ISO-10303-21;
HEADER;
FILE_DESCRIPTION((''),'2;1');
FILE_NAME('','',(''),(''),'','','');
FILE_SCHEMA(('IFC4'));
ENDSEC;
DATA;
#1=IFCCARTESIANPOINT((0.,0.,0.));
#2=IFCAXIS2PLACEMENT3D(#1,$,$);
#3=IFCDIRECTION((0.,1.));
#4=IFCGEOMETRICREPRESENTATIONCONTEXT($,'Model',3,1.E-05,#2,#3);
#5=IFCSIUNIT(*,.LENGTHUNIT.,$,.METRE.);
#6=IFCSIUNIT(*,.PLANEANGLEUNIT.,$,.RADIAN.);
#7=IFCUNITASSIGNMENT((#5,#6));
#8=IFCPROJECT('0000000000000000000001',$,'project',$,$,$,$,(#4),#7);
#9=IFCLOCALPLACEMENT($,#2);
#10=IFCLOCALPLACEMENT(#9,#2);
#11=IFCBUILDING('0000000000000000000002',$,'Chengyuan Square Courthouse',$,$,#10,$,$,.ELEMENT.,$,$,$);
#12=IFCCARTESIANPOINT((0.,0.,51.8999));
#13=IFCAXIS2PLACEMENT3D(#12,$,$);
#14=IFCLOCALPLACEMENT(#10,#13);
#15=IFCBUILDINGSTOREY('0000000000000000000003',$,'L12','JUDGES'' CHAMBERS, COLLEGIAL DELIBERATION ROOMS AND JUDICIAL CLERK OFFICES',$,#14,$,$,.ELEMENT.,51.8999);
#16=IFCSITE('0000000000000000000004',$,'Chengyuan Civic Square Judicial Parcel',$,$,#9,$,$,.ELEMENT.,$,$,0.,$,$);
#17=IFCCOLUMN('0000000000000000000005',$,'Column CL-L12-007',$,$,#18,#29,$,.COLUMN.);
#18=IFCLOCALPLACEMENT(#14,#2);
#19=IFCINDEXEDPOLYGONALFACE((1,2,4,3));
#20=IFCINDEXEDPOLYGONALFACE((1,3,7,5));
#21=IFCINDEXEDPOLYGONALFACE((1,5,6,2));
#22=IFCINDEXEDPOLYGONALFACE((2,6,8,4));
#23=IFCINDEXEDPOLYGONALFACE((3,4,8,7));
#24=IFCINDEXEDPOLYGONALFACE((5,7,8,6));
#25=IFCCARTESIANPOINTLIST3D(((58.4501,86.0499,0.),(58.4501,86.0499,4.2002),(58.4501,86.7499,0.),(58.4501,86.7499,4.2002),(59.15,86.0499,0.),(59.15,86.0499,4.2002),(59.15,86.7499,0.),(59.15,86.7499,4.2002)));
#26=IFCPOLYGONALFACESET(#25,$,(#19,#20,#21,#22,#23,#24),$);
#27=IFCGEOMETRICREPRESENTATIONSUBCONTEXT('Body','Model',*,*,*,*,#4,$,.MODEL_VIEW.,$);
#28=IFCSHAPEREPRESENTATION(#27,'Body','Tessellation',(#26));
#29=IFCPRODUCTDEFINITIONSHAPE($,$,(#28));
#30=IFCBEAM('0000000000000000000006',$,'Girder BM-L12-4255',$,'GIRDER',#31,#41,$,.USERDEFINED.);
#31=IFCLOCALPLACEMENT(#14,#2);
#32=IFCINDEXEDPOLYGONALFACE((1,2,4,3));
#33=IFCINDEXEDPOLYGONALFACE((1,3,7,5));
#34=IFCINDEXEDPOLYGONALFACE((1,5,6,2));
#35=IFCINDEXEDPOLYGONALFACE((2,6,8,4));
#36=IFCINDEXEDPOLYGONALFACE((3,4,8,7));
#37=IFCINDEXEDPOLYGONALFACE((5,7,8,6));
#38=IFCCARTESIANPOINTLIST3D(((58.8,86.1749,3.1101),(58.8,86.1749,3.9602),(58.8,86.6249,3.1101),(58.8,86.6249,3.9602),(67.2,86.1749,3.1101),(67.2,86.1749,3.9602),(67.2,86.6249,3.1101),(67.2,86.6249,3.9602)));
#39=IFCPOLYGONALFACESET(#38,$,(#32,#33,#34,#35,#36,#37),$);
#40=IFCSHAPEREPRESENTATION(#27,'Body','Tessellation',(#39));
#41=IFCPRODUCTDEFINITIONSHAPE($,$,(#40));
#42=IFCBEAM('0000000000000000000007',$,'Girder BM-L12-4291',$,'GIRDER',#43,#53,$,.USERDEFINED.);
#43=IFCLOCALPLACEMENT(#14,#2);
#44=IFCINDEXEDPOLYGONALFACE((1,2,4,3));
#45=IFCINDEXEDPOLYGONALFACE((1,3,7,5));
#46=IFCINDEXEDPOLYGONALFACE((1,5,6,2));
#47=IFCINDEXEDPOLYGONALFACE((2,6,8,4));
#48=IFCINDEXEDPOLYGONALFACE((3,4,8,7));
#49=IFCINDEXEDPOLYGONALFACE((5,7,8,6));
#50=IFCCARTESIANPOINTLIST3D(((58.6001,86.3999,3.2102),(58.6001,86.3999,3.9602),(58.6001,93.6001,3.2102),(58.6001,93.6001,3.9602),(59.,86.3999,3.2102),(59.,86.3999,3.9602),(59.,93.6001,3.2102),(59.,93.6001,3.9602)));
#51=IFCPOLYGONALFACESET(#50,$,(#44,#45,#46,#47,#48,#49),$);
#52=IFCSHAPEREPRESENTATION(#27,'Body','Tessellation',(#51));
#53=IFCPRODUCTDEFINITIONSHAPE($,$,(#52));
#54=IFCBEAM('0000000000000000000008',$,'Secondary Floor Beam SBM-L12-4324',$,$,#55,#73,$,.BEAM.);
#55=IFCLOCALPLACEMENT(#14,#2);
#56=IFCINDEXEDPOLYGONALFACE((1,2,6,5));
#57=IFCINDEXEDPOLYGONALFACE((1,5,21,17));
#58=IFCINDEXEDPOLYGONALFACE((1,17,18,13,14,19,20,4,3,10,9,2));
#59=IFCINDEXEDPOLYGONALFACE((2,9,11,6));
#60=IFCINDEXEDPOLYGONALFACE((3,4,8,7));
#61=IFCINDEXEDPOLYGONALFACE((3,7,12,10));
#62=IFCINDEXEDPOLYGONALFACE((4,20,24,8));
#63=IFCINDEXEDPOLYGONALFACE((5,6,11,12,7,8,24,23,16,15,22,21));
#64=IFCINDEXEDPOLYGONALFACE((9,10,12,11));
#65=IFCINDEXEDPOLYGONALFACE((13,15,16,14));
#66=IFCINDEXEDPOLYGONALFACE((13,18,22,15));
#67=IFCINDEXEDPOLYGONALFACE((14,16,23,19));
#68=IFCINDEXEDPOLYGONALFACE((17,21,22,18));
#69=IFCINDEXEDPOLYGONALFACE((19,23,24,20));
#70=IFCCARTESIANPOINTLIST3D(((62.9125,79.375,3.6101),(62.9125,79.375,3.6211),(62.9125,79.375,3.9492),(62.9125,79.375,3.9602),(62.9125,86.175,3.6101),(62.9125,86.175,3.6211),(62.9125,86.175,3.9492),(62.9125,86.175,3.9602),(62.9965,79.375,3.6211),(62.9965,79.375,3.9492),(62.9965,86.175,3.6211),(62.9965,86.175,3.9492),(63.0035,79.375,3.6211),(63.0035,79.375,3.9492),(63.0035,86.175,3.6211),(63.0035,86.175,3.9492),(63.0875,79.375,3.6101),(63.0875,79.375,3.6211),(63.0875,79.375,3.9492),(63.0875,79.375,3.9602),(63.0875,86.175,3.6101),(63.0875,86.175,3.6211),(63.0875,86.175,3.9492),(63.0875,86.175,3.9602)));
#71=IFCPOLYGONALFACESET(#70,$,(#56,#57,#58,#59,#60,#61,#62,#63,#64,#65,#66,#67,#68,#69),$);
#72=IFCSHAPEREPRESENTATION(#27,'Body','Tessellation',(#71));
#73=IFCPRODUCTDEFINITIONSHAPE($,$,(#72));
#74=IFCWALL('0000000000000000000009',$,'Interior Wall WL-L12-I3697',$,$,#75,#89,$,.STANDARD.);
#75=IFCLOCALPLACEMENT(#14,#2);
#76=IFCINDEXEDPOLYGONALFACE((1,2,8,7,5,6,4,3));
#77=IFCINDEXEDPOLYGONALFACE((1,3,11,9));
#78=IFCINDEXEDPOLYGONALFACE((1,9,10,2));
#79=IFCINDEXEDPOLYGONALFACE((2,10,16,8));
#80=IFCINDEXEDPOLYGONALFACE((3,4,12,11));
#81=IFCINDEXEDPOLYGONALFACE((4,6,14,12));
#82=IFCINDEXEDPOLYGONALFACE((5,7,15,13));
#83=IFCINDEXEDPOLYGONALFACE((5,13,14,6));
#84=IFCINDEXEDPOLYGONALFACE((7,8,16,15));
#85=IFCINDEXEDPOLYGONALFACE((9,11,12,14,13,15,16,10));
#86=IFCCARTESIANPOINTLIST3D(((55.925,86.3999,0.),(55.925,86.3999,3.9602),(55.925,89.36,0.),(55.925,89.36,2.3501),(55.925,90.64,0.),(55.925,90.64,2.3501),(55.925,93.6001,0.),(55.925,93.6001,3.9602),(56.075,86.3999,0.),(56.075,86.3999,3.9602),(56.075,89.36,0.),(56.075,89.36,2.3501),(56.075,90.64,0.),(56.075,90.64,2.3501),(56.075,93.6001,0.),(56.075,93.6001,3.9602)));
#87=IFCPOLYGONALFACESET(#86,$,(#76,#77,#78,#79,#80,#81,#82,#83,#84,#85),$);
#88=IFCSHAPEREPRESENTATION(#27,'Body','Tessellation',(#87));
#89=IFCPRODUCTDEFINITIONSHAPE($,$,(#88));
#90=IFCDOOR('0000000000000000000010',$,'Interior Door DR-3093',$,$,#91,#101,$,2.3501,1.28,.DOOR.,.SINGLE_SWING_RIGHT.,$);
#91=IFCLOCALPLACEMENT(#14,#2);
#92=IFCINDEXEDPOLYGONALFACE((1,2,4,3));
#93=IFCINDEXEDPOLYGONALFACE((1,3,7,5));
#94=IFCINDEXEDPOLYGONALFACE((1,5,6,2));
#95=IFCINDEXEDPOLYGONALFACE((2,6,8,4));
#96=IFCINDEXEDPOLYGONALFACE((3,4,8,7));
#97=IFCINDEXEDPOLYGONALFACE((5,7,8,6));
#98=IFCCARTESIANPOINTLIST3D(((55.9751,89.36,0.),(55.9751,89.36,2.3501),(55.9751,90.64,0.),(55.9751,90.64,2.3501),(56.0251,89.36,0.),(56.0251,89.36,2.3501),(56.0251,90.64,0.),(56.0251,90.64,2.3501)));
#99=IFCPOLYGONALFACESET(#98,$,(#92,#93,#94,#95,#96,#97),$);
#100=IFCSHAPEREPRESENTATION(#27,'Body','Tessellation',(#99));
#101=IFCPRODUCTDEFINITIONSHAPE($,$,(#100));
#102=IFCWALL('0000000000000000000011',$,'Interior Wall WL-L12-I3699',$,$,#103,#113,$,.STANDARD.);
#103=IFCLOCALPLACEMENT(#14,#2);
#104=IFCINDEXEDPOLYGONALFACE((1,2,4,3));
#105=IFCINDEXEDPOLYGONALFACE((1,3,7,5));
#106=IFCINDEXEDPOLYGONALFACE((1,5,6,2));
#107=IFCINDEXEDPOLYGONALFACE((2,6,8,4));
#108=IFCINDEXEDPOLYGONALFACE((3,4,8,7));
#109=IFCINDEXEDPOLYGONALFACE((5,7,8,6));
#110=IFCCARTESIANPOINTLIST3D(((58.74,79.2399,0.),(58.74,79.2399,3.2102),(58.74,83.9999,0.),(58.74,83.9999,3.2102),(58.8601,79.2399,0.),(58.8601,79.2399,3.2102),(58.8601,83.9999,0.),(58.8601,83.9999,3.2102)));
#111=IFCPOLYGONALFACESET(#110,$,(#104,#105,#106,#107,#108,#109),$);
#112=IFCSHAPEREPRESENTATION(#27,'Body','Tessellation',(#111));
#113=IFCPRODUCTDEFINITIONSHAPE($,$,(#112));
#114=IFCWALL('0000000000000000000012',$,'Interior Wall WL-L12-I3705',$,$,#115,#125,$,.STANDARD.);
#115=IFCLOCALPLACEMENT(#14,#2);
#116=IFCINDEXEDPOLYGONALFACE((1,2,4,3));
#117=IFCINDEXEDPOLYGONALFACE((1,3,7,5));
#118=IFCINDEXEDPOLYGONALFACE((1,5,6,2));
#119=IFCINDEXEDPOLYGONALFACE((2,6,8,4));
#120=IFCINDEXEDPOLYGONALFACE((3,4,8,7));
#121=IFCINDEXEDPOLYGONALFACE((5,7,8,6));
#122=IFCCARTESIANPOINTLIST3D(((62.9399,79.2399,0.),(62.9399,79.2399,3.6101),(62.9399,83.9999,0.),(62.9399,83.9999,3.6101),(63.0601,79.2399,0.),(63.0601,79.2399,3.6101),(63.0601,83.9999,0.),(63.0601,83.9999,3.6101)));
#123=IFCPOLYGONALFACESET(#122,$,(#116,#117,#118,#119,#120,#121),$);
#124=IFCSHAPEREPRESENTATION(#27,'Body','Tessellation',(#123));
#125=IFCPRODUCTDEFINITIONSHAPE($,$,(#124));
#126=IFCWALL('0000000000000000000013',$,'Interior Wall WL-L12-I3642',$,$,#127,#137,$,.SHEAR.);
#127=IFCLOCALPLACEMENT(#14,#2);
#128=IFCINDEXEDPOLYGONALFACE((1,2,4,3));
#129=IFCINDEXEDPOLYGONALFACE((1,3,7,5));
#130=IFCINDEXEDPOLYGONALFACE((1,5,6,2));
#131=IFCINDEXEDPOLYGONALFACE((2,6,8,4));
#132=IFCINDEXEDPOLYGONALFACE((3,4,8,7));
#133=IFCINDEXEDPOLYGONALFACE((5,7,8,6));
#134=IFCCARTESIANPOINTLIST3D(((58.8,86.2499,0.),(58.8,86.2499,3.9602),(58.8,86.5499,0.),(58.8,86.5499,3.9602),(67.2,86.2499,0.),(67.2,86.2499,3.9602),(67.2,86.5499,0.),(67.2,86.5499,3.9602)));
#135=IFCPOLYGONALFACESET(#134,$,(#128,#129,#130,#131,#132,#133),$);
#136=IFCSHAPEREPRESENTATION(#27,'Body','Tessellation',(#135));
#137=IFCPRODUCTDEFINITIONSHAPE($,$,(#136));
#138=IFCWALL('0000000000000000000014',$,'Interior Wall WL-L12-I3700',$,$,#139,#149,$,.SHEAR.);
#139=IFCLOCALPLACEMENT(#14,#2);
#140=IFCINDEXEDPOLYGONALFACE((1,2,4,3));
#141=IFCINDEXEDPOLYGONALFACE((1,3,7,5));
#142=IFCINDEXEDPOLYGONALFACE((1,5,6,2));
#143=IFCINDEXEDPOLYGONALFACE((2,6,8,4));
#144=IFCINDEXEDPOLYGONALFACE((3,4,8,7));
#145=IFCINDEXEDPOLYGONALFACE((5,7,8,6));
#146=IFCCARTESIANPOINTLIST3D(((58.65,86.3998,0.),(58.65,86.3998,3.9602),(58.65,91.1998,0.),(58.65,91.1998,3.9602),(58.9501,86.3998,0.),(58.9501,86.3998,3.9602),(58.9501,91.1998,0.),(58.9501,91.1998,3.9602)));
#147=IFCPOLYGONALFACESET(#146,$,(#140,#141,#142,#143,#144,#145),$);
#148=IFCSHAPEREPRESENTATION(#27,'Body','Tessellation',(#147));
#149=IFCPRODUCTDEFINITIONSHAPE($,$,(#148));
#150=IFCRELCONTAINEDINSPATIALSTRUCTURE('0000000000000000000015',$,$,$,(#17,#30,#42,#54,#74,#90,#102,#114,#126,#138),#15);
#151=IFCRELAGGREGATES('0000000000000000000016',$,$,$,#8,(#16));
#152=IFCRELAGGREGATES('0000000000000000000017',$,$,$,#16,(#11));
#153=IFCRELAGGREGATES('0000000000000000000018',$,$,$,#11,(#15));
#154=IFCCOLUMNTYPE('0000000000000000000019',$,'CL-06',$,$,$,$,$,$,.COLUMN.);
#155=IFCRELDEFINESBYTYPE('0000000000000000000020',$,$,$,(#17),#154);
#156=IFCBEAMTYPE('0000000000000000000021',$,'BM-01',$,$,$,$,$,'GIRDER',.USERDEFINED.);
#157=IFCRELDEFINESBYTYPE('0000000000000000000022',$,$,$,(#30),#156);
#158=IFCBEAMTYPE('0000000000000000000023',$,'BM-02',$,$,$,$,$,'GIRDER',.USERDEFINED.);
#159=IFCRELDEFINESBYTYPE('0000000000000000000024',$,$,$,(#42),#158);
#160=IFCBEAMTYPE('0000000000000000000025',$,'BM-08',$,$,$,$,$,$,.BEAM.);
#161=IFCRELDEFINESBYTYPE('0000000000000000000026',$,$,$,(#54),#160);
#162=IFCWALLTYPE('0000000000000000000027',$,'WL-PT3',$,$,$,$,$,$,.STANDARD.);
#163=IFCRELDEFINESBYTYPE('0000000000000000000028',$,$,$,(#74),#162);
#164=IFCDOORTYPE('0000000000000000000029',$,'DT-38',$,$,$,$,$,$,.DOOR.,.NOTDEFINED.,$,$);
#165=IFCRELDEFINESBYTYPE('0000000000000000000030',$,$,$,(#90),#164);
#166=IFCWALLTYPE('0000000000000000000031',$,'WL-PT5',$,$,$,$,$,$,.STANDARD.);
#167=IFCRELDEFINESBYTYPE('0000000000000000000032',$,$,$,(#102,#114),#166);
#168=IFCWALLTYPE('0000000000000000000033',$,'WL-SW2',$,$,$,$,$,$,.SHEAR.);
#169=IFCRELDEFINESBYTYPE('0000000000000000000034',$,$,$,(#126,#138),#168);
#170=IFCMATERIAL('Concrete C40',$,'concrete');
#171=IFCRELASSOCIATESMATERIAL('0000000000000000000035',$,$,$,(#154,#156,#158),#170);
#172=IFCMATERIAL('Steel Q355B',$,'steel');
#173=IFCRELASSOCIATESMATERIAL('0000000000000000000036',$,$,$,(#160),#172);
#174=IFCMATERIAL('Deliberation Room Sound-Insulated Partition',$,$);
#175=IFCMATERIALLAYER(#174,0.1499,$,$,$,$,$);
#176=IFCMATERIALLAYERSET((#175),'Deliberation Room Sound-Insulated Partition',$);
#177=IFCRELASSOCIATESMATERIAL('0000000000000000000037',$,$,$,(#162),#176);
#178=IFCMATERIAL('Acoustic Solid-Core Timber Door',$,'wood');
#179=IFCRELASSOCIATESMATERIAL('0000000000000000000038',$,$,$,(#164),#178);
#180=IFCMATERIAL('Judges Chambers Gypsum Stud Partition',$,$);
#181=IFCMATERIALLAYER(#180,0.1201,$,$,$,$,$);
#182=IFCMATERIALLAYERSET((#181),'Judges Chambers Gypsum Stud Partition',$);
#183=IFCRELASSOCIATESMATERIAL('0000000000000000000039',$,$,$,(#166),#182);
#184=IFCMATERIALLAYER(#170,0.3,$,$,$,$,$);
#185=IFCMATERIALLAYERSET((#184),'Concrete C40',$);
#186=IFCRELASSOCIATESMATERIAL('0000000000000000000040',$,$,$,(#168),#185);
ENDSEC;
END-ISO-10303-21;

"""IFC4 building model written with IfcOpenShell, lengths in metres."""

from ifc_helpers import new_model, si_unit, direction, frame, frame_2d, origin, origin_2d, place, context, subcontext, project, spatial, rectangle, i_section, extrude, material, layer, layer_set, material_profile, profile_set, type_object, element, fill, save


model = new_model("IFC4")

# Units and contexts
model_context = context("Model", 3, precision=1e-05, world=origin(), true_north=direction((0.0, 1.0)))
body_context = subcontext(model_context, "Body", "Model", "MODEL_VIEW")
ifc_project = project(units=[si_unit("LENGTHUNIT", "METRE"), si_unit("PLANEANGLEUNIT", "RADIAN")], contexts=[model_context])

# Site, building, storey
site_placement = place(None, origin())
site = spatial("IfcSite", under=ifc_project, at=site_placement, Name="Chengyuan Civic Square Judicial Parcel", CompositionType="ELEMENT", RefElevation=0.0)
building_placement = place(site_placement, origin())
building = spatial("IfcBuilding", under=site, at=building_placement, Name="Chengyuan Square Courthouse", CompositionType="ELEMENT")
storey_placement = place(building_placement, frame((0.0, 0.0, 51.8999)))
storey = spatial("IfcBuildingStorey", under=building, at=storey_placement, Name="L12", Description="JUDGES' CHAMBERS, COLLEGIAL DELIBERATION ROOMS AND JUDICIAL CLERK OFFICES", CompositionType="ELEMENT", Elevation=51.8999)

# Column
ifc_material_1 = material(Name="Concrete C40", Category="concrete")
ifc_material_profile_1 = material_profile(ifc_material_1, rectangle(XDim=0.7, YDim=0.7, at=origin_2d()), Name="RC-COL-700x700")
ifc_profile_set_1 = profile_set([ifc_material_profile_1], Name="Concrete C40")
column_type = type_object("IfcColumnType", Name="CL-06", PredefinedType="COLUMN", material=ifc_profile_set_1)
column_placement = place(storey_placement, frame((58.8, 86.3999, 0.0), z_axis=(0.0, 0.0, 1.0), x_axis=(1.0, 0.0, 0.0)))
element("IfcColumn", 1, at=column_placement, inside=storey, type_object=column_type, Name="Column CL-L12-007", PredefinedType="COLUMN", context=body_context, shape_type="SweptSolid", body=[
    extrude(rectangle(XDim=0.7, YDim=0.7, at=origin_2d()), origin(), (0.0, 0.0, 1.0), 4.2002),
])

# Beams
ifc_material_profile_2 = material_profile(ifc_material_1, rectangle(XDim=0.45, YDim=0.8501, at=origin_2d()), Name="RC-BM-450x850")
ifc_profile_set_2 = profile_set([ifc_material_profile_2], Name="Concrete C40")
beam_type_1 = type_object("IfcBeamType", Name="BM-01", ElementType="GIRDER", PredefinedType="USERDEFINED", material=ifc_profile_set_2)
beam_1_placement = place(storey_placement, frame((58.8, 86.3999, 3.5352), z_axis=(1.0, 0.0, 0.0), x_axis=(0.0, 1.0, 0.0)))
element("IfcBeam", 2, at=beam_1_placement, inside=storey, type_object=beam_type_1, Name="Girder BM-L12-4255", ObjectType="GIRDER", PredefinedType="USERDEFINED", context=body_context, shape_type="SweptSolid", body=[
    extrude(rectangle(XDim=0.45, YDim=0.8501, at=origin_2d()), origin(), (0.0, 0.0, 1.0), 8.3999),
])
ifc_material_profile_3 = material_profile(ifc_material_1, rectangle(XDim=0.3999, YDim=0.75, at=origin_2d()), Name="RC-BM-400x750")
ifc_profile_set_3 = profile_set([ifc_material_profile_3], Name="Concrete C40")
beam_type_2 = type_object("IfcBeamType", Name="BM-02", ElementType="GIRDER", PredefinedType="USERDEFINED", material=ifc_profile_set_3)
beam_2_placement = place(storey_placement, frame((58.8, 86.3999, 3.5852), z_axis=(0.0, 1.0, 0.0), x_axis=(-1.0, 0.0, 0.0)))
element("IfcBeam", 3, at=beam_2_placement, inside=storey, type_object=beam_type_2, Name="Girder BM-L12-4291", ObjectType="GIRDER", PredefinedType="USERDEFINED", context=body_context, shape_type="SweptSolid", body=[
    extrude(rectangle(XDim=0.3999, YDim=0.75, at=origin_2d()), origin(), (0.0, 0.0, 1.0), 7.2002),
])
ifc_material_2 = material(Name="Steel Q355B", Category="steel")
ifc_material_profile_4 = material_profile(ifc_material_2, i_section(OverallWidth=0.175, OverallDepth=0.3501, WebThickness=0.0071, FlangeThickness=0.011, at=origin_2d()), Name="HN 350x175x7x11")
ifc_profile_set_4 = profile_set([ifc_material_profile_4], Name="Steel Q355B")
beam_type_3 = type_object("IfcBeamType", Name="BM-08", PredefinedType="BEAM", material=ifc_profile_set_4)
beam_3_placement = place(storey_placement, frame((63.0, 79.375, 3.7852), z_axis=(0.0, 1.0, 0.0), x_axis=(-1.0, 0.0, 0.0)))
element("IfcBeam", 4, at=beam_3_placement, inside=storey, type_object=beam_type_3, Name="Secondary Floor Beam SBM-L12-4324", PredefinedType="BEAM", context=body_context, shape_type="SweptSolid", body=[
    extrude(i_section(OverallWidth=0.175, OverallDepth=0.3501, WebThickness=0.0071, FlangeThickness=0.011, at=origin_2d()), origin(), (0.0, 0.0, 1.0), 6.8),
])

# Wall, opening, door
ifc_material_3 = material(Name="Deliberation Room Sound-Insulated Partition")
ifc_layer_1 = layer(ifc_material_3, 0.1499)
ifc_layer_set_1 = layer_set([ifc_layer_1], Name="Deliberation Room Sound-Insulated Partition")
wall_type_1 = type_object("IfcWallType", Name="WL-PT3", PredefinedType="STANDARD", material=ifc_layer_set_1)
wall_1_placement = place(storey_placement, frame((56.0, 86.3999, 0.0), z_axis=(0.0, 0.0, 1.0), x_axis=(0.0, 1.0, 0.0)))
wall_1 = element("IfcWall", 5, at=wall_1_placement, inside=storey, type_object=wall_type_1, Name="Interior Wall WL-L12-I3697", PredefinedType="STANDARD", context=body_context, shape_type="SweptSolid", body=[
    extrude(rectangle(XDim=7.2002, YDim=0.1499, at=frame_2d((3.6001, 0.0))), origin(), (0.0, 0.0, 1.0), 3.9602),
])
opening_placement = place(wall_1_placement, frame((2.96, 0.0, 0.0)))
opening = element("IfcOpeningElement", 6, at=opening_placement, cuts=wall_1, PredefinedType="OPENING", context=body_context, shape_type="SweptSolid", body=[
    extrude(rectangle(XDim=1.28, YDim=2.3501, at=frame_2d((0.6401, 1.175))), frame((0.0, 0.0869, 0.0), z_axis=(0.0, -1.0, 0.0), x_axis=(1.0, 0.0, 0.0)), (0.0, 0.0, 1.0), 0.1738),
])
ifc_material_4 = material(Name="Acoustic Solid-Core Timber Door", Category="wood")
door_type = type_object("IfcDoorType", Name="DT-38", OperationType="NOTDEFINED", PredefinedType="DOOR", material=ifc_material_4)
door_placement = place(opening_placement, origin())
door = element("IfcDoor", 7, at=door_placement, inside=storey, type_object=door_type, Name="Interior Door DR-3093", OperationType="SINGLE_SWING_RIGHT", OverallHeight=2.3501, OverallWidth=1.28, PredefinedType="DOOR", context=body_context, shape_type="SweptSolid", body=[
    extrude(rectangle(XDim=1.28, YDim=2.3501, at=frame_2d((0.6401, 1.175))), frame((0.0, 0.0249, 0.0), z_axis=(0.0, -1.0, 0.0), x_axis=(1.0, 0.0, 0.0)), (0.0, 0.0, 1.0), 0.05),
])
fill(opening, door)

# Walls
ifc_material_5 = material(Name="Judges Chambers Gypsum Stud Partition")
ifc_layer_2 = layer(ifc_material_5, 0.1201)
ifc_layer_set_2 = layer_set([ifc_layer_2], Name="Judges Chambers Gypsum Stud Partition")
wall_type_2 = type_object("IfcWallType", Name="WL-PT5", PredefinedType="STANDARD", material=ifc_layer_set_2)
wall_2_placement = place(storey_placement, frame((58.8, 79.24, 0.0), z_axis=(0.0, 0.0, 1.0), x_axis=(0.0, 1.0, 0.0)))
element("IfcWall", 8, at=wall_2_placement, inside=storey, type_object=wall_type_2, Name="Interior Wall WL-L12-I3699", PredefinedType="STANDARD", context=body_context, shape_type="SweptSolid", body=[
    extrude(rectangle(XDim=4.76, YDim=0.1201, at=frame_2d((2.3799, 0.0))), origin(), (0.0, 0.0, 1.0), 3.2102),
])
wall_3_placement = place(storey_placement, frame((63.0, 79.24, 0.0), z_axis=(0.0, 0.0, 1.0), x_axis=(0.0, 1.0, 0.0)))
element("IfcWall", 9, at=wall_3_placement, inside=storey, type_object=wall_type_2, Name="Interior Wall WL-L12-I3705", PredefinedType="STANDARD", context=body_context, shape_type="SweptSolid", body=[
    extrude(rectangle(XDim=4.76, YDim=0.1201, at=frame_2d((2.3799, 0.0))), origin(), (0.0, 0.0, 1.0), 3.6101),
])
ifc_layer_3 = layer(ifc_material_1, 0.3)
ifc_layer_set_3 = layer_set([ifc_layer_3], Name="Concrete C40")
wall_type_3 = type_object("IfcWallType", Name="WL-SW2", PredefinedType="SHEAR", material=ifc_layer_set_3)
wall_4_placement = place(storey_placement, frame((58.8, 86.3999, 0.0), z_axis=(0.0, 0.0, 1.0), x_axis=(1.0, 0.0, 0.0)))
element("IfcWall", 10, at=wall_4_placement, inside=storey, type_object=wall_type_3, Name="Interior Wall WL-L12-I3642", PredefinedType="SHEAR", context=body_context, shape_type="SweptSolid", body=[
    extrude(rectangle(XDim=8.3999, YDim=0.3, at=frame_2d((4.2, 0.0))), origin(), (0.0, 0.0, 1.0), 3.9602),
])
wall_5_placement = place(storey_placement, frame((58.8, 86.3999, 0.0), z_axis=(0.0, 0.0, 1.0), x_axis=(0.0, 1.0, 0.0)))
element("IfcWall", 11, at=wall_5_placement, inside=storey, type_object=wall_type_3, Name="Interior Wall WL-L12-I3700", PredefinedType="SHEAR", context=body_context, shape_type="SweptSolid", body=[
    extrude(rectangle(XDim=4.8, YDim=0.3, at=frame_2d((2.3999, 0.0))), origin(), (0.0, 0.0, 1.0), 3.9602),
])

save(model, "model.ifc")
